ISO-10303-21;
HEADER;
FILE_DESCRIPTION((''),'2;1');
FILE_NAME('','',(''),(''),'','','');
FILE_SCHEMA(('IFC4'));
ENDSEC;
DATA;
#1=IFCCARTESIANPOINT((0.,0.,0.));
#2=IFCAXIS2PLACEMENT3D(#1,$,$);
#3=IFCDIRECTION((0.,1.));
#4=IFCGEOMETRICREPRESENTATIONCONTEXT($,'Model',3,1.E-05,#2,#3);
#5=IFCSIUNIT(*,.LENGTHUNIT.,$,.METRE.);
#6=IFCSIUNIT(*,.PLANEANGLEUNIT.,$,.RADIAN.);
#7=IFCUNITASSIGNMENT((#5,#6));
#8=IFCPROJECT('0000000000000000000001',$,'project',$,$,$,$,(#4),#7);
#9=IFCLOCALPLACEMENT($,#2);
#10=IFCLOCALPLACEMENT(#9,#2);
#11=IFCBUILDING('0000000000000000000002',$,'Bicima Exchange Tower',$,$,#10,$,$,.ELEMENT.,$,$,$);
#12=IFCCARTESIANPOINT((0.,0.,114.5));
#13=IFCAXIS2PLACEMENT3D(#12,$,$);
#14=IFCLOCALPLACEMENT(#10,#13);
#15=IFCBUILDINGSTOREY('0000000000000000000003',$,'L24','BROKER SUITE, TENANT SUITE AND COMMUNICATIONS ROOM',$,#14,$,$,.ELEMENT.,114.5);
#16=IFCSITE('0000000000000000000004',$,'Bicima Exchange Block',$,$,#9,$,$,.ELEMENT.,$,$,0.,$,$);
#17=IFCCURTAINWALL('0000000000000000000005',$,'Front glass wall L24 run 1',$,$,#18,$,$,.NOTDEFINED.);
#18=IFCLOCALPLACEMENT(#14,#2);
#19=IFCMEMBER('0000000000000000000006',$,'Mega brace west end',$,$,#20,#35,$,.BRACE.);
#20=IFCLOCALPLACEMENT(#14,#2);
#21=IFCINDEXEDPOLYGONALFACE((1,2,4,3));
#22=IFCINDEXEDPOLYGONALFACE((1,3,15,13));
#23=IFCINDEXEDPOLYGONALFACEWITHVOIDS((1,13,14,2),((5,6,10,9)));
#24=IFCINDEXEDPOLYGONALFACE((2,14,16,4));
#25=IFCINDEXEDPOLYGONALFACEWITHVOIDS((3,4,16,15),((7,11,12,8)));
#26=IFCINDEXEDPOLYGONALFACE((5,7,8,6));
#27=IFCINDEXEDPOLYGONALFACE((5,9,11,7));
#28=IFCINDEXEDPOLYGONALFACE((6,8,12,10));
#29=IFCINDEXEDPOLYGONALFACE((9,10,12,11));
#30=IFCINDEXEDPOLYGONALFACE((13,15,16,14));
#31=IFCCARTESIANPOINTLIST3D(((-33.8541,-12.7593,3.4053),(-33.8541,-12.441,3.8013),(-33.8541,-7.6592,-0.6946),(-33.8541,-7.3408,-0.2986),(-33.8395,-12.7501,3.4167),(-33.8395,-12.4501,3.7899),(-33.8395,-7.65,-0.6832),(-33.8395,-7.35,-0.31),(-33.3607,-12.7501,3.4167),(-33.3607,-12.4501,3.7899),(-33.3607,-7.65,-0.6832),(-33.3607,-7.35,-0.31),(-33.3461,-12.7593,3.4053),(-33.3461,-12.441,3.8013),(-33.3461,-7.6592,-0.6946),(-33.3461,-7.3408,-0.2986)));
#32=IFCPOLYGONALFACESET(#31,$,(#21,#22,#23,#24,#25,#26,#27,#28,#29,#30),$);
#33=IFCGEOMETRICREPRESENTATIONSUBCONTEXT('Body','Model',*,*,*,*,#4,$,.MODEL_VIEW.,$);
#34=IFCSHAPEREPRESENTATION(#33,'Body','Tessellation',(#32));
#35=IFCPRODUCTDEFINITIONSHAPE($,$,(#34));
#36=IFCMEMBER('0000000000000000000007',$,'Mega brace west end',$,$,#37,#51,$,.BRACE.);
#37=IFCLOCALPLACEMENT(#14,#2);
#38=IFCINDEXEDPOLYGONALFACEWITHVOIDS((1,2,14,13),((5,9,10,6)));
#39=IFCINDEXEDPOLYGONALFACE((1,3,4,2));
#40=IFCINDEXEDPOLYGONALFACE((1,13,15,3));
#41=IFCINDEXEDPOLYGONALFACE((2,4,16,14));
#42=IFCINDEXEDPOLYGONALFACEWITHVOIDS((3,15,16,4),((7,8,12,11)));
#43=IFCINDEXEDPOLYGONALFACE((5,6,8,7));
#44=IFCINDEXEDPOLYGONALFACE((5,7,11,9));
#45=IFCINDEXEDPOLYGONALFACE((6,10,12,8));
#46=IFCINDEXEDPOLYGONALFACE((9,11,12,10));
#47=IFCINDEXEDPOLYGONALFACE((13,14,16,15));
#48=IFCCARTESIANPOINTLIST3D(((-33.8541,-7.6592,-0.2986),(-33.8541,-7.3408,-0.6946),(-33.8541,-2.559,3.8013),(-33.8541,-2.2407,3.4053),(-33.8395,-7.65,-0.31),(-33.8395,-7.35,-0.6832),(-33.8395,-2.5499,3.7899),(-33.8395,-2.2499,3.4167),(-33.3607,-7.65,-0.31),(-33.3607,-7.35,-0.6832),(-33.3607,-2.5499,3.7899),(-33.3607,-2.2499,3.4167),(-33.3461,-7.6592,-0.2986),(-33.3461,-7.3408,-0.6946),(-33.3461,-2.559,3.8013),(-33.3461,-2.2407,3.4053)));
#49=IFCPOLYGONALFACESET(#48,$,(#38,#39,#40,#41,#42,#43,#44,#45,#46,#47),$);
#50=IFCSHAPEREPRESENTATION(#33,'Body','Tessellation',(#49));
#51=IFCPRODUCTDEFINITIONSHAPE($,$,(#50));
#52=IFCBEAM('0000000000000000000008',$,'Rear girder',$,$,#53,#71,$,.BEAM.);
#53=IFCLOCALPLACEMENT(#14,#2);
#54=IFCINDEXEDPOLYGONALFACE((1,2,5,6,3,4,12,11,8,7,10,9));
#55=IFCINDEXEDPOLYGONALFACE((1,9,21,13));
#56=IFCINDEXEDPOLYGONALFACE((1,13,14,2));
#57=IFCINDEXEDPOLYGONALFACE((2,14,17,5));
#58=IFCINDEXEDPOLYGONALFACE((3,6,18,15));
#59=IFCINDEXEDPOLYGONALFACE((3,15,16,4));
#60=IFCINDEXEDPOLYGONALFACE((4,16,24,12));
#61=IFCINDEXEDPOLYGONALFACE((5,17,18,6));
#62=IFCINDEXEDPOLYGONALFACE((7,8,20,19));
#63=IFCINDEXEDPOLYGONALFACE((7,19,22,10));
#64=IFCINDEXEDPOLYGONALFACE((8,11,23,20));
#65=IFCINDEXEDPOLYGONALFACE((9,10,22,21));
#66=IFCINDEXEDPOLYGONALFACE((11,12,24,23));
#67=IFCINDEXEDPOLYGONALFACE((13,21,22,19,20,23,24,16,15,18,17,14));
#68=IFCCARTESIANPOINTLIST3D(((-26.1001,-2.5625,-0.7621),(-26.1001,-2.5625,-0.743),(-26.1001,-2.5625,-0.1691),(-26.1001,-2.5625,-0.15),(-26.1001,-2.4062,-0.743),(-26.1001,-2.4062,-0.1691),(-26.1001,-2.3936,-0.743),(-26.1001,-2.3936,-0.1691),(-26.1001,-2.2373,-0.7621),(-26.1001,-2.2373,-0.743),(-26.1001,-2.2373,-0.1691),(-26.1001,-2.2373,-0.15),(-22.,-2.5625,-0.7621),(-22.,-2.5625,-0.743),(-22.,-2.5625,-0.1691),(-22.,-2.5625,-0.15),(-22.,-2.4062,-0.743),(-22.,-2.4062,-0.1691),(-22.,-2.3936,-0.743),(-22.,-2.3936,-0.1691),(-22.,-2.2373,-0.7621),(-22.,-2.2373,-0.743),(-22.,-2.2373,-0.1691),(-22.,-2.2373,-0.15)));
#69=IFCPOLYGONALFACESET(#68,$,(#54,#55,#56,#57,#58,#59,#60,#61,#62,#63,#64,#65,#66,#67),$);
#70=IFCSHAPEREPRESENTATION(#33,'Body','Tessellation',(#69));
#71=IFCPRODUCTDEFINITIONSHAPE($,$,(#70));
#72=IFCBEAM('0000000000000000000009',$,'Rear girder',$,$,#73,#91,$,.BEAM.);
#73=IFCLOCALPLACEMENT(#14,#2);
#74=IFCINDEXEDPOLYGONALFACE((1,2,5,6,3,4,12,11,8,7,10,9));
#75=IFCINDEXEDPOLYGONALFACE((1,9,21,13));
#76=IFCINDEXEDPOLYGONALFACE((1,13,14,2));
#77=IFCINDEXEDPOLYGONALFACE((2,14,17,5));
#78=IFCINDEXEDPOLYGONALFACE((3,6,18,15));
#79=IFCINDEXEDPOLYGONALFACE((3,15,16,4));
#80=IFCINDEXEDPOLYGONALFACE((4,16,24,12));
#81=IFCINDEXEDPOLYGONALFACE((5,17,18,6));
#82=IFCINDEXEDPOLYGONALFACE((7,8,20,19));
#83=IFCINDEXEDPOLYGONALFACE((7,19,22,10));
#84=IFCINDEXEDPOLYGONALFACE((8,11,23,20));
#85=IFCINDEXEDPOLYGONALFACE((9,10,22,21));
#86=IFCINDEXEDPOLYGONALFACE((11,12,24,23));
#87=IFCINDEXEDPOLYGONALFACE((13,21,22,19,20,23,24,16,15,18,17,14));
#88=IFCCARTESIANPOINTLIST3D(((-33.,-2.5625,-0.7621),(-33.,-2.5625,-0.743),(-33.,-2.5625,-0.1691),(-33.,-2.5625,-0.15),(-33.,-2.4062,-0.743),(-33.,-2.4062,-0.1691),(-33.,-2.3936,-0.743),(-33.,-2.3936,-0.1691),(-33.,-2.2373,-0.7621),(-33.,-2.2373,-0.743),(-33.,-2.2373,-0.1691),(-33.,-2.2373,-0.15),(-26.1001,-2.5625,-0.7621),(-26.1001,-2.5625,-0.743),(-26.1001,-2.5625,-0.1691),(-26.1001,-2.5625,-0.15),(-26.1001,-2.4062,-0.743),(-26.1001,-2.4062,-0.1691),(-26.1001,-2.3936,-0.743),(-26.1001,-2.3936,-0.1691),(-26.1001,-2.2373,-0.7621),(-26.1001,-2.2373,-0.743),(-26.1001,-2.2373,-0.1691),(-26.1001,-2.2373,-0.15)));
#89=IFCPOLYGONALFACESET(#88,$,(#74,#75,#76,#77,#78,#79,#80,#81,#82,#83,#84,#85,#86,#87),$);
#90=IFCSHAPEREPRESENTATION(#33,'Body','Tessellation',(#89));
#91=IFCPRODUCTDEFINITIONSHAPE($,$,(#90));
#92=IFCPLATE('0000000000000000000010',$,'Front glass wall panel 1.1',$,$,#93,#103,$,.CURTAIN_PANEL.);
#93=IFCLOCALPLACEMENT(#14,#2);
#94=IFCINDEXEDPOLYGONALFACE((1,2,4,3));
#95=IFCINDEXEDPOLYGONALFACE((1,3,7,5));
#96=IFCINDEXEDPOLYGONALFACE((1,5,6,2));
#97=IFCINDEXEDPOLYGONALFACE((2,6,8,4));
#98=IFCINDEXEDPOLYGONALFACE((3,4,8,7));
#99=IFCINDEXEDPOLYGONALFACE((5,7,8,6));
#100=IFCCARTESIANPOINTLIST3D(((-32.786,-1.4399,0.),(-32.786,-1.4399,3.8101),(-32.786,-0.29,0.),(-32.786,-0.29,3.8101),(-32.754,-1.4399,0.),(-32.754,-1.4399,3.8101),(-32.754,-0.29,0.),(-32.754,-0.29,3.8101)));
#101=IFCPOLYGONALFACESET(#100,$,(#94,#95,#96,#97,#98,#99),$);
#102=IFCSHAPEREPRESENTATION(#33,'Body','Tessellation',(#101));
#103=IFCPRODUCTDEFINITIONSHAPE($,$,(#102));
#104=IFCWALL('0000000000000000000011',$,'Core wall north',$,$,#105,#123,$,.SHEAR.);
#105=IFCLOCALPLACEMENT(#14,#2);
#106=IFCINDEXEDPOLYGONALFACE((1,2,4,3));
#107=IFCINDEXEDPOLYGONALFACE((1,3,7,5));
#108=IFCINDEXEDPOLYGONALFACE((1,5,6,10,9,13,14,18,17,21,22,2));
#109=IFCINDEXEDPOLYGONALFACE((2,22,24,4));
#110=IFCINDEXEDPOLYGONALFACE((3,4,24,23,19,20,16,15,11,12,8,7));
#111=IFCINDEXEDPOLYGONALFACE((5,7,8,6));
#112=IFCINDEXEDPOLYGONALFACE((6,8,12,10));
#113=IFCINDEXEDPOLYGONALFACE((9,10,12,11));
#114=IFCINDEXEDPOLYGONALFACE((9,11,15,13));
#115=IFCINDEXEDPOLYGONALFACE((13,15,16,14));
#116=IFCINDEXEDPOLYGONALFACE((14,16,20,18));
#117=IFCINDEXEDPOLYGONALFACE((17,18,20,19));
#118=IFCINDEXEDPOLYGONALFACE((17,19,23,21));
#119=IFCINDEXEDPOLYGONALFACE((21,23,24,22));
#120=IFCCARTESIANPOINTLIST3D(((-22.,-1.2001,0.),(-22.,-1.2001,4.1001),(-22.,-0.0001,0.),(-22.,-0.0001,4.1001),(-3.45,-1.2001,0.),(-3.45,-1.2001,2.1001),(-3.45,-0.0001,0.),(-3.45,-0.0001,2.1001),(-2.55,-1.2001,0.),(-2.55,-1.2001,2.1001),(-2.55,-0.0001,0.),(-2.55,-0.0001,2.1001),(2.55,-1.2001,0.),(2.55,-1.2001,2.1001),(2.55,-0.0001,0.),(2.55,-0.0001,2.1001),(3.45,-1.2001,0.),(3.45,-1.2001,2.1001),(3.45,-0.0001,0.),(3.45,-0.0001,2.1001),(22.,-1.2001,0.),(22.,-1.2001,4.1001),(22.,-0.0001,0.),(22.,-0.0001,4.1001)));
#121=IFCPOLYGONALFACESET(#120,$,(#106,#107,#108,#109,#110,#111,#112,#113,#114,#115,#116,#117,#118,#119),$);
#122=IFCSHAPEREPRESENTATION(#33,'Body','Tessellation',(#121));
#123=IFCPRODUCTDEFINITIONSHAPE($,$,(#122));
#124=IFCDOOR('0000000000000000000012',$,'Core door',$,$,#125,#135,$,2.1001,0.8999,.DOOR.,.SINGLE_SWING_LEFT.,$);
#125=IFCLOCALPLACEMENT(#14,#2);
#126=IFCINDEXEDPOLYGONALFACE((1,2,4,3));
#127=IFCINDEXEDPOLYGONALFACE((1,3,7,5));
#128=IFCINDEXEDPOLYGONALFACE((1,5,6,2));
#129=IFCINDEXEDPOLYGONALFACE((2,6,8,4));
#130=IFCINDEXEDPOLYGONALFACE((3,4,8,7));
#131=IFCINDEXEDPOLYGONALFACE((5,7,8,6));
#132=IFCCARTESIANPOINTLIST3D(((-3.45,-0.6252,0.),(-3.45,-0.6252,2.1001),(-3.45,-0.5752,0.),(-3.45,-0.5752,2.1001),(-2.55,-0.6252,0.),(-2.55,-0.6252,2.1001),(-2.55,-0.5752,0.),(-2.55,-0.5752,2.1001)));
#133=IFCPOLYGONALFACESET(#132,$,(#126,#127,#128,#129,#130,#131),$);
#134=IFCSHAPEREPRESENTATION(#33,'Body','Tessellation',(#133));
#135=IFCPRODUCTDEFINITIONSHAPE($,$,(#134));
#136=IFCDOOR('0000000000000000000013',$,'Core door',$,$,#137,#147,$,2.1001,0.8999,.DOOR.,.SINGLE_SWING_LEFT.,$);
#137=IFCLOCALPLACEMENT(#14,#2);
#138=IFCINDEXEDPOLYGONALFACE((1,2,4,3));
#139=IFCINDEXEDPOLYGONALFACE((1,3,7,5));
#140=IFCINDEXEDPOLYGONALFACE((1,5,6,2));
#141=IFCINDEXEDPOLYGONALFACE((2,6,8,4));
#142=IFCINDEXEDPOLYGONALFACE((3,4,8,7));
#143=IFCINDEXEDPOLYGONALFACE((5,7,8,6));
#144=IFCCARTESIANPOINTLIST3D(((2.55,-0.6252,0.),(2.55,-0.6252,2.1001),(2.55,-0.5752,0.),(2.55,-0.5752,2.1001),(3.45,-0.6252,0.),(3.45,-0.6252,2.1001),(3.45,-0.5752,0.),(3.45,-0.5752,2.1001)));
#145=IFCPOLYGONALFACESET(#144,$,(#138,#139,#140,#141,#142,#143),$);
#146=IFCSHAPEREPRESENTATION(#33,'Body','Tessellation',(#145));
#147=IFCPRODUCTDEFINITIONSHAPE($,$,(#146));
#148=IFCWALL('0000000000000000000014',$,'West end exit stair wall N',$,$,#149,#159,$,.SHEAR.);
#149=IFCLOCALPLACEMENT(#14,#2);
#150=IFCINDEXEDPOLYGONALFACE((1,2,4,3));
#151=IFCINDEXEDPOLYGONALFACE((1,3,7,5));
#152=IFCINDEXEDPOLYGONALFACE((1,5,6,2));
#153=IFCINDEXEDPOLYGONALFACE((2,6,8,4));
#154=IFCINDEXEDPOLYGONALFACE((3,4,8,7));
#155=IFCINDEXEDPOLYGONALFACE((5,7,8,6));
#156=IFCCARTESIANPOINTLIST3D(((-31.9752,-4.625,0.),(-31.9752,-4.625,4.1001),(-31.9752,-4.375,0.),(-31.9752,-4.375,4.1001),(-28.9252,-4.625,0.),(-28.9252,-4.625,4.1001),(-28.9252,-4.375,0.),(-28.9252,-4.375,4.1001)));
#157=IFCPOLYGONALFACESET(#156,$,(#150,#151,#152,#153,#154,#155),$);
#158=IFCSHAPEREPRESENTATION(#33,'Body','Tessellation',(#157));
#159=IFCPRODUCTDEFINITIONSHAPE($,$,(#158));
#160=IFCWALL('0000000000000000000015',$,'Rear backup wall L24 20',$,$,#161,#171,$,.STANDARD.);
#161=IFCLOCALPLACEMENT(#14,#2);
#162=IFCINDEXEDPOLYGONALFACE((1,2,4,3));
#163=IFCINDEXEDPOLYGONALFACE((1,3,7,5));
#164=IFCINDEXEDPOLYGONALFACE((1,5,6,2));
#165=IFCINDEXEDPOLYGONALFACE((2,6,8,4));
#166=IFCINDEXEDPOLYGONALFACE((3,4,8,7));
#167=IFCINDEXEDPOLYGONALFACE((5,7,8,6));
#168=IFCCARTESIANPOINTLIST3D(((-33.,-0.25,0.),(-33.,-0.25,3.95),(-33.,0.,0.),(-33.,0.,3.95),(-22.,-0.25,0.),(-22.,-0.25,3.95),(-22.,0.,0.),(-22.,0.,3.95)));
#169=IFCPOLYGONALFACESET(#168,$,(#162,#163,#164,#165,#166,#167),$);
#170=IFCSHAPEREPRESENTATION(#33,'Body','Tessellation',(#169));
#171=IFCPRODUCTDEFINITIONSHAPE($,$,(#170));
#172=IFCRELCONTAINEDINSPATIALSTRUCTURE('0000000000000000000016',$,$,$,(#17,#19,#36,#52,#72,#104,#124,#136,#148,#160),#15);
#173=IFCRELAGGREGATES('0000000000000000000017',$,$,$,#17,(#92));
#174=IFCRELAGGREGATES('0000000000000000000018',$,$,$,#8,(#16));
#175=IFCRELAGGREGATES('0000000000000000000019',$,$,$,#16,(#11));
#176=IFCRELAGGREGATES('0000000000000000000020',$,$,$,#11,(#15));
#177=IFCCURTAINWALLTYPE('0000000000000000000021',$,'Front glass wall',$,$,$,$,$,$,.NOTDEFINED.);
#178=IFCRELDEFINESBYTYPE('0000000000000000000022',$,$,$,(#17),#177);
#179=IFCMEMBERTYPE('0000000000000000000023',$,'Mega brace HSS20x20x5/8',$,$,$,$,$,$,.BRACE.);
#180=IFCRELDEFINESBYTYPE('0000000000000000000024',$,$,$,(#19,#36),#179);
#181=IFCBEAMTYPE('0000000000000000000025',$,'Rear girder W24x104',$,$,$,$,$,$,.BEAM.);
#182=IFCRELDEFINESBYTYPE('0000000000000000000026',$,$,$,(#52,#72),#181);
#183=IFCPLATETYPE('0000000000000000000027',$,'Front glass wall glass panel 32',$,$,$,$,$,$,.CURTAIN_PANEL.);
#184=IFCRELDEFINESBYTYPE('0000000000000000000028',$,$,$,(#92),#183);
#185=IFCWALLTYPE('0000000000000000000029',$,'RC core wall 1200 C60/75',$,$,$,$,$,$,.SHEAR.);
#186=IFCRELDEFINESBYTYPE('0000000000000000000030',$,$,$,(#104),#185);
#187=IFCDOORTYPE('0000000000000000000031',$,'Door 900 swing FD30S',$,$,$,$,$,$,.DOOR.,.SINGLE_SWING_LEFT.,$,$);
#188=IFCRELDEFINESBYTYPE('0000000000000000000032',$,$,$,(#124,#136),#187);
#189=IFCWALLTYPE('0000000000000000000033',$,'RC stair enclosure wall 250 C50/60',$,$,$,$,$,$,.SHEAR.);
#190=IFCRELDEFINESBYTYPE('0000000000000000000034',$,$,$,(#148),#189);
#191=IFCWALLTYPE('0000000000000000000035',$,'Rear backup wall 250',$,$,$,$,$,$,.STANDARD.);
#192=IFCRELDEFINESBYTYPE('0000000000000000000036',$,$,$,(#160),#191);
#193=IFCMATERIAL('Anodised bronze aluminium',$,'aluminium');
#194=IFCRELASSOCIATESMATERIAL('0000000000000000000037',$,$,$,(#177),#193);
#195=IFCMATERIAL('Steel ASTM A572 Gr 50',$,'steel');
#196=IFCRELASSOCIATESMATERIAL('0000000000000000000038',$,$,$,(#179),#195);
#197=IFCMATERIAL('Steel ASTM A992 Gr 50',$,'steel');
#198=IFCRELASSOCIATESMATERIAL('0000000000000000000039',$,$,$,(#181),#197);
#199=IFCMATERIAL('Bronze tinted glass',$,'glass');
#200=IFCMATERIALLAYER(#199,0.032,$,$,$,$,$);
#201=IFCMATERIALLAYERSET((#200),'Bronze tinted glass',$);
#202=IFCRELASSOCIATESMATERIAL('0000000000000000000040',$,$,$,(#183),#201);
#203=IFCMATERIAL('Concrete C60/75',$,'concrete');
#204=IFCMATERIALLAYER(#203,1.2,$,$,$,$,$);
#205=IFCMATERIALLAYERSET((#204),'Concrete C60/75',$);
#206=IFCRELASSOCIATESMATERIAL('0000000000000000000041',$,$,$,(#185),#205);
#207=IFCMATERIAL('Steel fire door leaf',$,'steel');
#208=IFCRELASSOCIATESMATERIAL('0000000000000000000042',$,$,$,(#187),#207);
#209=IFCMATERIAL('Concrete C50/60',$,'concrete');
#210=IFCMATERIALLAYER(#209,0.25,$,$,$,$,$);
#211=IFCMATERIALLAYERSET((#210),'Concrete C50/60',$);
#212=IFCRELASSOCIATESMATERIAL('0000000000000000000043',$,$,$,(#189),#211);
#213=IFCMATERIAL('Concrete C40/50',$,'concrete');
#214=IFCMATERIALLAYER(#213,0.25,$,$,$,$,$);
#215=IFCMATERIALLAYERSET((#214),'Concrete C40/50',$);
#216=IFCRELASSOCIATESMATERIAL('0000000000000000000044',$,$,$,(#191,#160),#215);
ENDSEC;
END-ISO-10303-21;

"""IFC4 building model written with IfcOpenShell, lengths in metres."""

from ifc_helpers import new_model, si_unit, direction, frame, frame_2d, origin, origin_2d, place, context, subcontext, project, spatial, rectangle, hollow_rectangle, i_section, extrude, material, layer, layer_set, layer_usage, material_profile, profile_set, type_object, element, fill, aggregate, save


model = new_model("IFC4")

# Units and contexts
model_context = context("Model", 3, precision=1e-05, world=origin(), true_north=direction((0.0, 1.0)))
body_context = subcontext(model_context, "Body", "Model", "MODEL_VIEW")
ifc_project = project(units=[si_unit("LENGTHUNIT", "METRE"), si_unit("PLANEANGLEUNIT", "RADIAN")], contexts=[model_context])

# Site, building, storey
site_placement = place(None, origin())
site = spatial("IfcSite", under=ifc_project, at=site_placement, Name="Bicima Exchange Block", CompositionType="ELEMENT", RefElevation=0.0)
building_placement = place(site_placement, origin())
building = spatial("IfcBuilding", under=site, at=building_placement, Name="Bicima Exchange Tower", CompositionType="ELEMENT")
storey_placement = place(building_placement, frame((0.0, 0.0, 114.5)))
storey = spatial("IfcBuildingStorey", under=building, at=storey_placement, Name="L24", Description="BROKER SUITE, TENANT SUITE AND COMMUNICATIONS ROOM", CompositionType="ELEMENT", Elevation=114.5)

# Shared definitions
ifc_material_1 = material(Name="Steel ASTM A572 Gr 50", Category="steel")
ifc_material_2 = material(Name="Steel ASTM A992 Gr 50", Category="steel")

# Curtain wall
ifc_material_3 = material(Name="Anodised bronze aluminium", Category="aluminium")
curtain_wall_type = type_object("IfcCurtainWallType", Name="Front glass wall", PredefinedType="NOTDEFINED", material=ifc_material_3)
curtain_wall_placement = place(storey_placement, origin())
curtain_wall = element("IfcCurtainWall", 1, at=curtain_wall_placement, inside=storey, type_object=curtain_wall_type, Name="Front glass wall L24 run 1", PredefinedType="NOTDEFINED")

# Members
ifc_material_profile_1 = material_profile(ifc_material_1, hollow_rectangle(XDim=0.5081, YDim=0.5081, WallThickness=0.0146, at=origin_2d()))
ifc_profile_set_1 = profile_set([ifc_material_profile_1], Name="Steel ASTM A572 Gr 50")
member_type_1 = type_object("IfcMemberType", Name="Mega brace HSS20x20x5/8", PredefinedType="BRACE", material=ifc_profile_set_1)
for number, where, z_axis, x_axis, name in (
    (2, (-33.6001, -7.5, -0.4966), (0.0, -0.779392, 0.626536), (1.0, 0.0, 0.0), "Mega brace west end"),
    (3, (-33.6001, -7.5, -0.4966), (0.0, 0.779392, 0.626536), (-1.0, 0.0, 0.0), "Mega brace west end"),
):
    element("IfcMember", number, at=place(storey_placement, frame(where, z_axis=z_axis, x_axis=x_axis)), inside=storey, type_object=member_type_1, Name=name, PredefinedType="BRACE", context=body_context, shape_type="SweptSolid", body=[
        extrude(hollow_rectangle(XDim=0.5081, YDim=0.5081, WallThickness=0.0146, at=origin_2d()), origin(), (0.0, 0.0, 1.0), 6.5437),
    ])

# Beams
ifc_material_profile_2 = material_profile(ifc_material_2, i_section(OverallWidth=0.3252, OverallDepth=0.6121, WebThickness=0.0127, FlangeThickness=0.019, at=origin_2d()))
ifc_profile_set_2 = profile_set([ifc_material_profile_2], Name="Steel ASTM A992 Gr 50")
beam_type_1 = type_object("IfcBeamType", Name="Rear girder W24x104", PredefinedType="BEAM", material=ifc_profile_set_2)
beam_1_placement = place(storey_placement, frame((-22.0, -2.3999, -0.4561), z_axis=(-1.0, 0.0, 0.0), x_axis=(0.0, -1.0, 0.0)))
element("IfcBeam", 4, at=beam_1_placement, inside=storey, type_object=beam_type_1, Name="Rear girder", PredefinedType="BEAM", context=body_context, shape_type="SweptSolid", body=[
    extrude(i_section(OverallWidth=0.3252, OverallDepth=0.6121, WebThickness=0.0127, FlangeThickness=0.019, at=origin_2d()), origin(), (0.0, 0.0, 1.0), 4.1001),
])
beam_2_placement = place(storey_placement, frame((-26.1001, -2.3999, -0.4561), z_axis=(-1.0, 0.0, 0.0), x_axis=(0.0, -1.0, 0.0)))
element("IfcBeam", 5, at=beam_2_placement, inside=storey, type_object=beam_type_1, Name="Rear girder", PredefinedType="BEAM", context=body_context, shape_type="SweptSolid", body=[
    extrude(i_section(OverallWidth=0.3252, OverallDepth=0.6121, WebThickness=0.0127, FlangeThickness=0.019, at=origin_2d()), origin(), (0.0, 0.0, 1.0), 6.8999),
])

# Plate
ifc_material_4 = material(Name="Bronze tinted glass", Category="glass")
ifc_layer_1 = layer(ifc_material_4, 0.032)
ifc_layer_set_1 = layer_set([ifc_layer_1], Name="Bronze tinted glass")
plate_type = type_object("IfcPlateType", Name="Front glass wall glass panel 32", PredefinedType="CURTAIN_PANEL", material=ifc_layer_set_1)
plate_placement = place(storey_placement, frame((-32.77, -0.865, 0.0), z_axis=(0.0, 0.0, 1.0), x_axis=(0.0, -1.0, 0.0)))
plate = element("IfcPlate", 6, at=plate_placement, type_object=plate_type, Name="Front glass wall panel 1.1", PredefinedType="CURTAIN_PANEL", context=body_context, shape_type="SweptSolid", body=[
    extrude(rectangle(XDim=1.1499, YDim=0.032, at=origin_2d()), origin(), (0.0, 0.0, 1.0), 3.8101),
])
aggregate(curtain_wall, [plate])

# Wall, openings, doors
ifc_material_5 = material(Name="Concrete C60/75", Category="concrete")
ifc_layer_2 = layer(ifc_material_5, 1.2)
ifc_layer_set_2 = layer_set([ifc_layer_2], Name="Concrete C60/75")
wall_type_1 = type_object("IfcWallType", Name="RC core wall 1200 C60/75", PredefinedType="SHEAR", material=ifc_layer_set_2)
wall_1_placement = place(storey_placement, frame((-22.0, -0.6001, 0.0), z_axis=(0.0, 0.0, 1.0), x_axis=(1.0, 0.0, 0.0)))
wall_1 = element("IfcWall", 7, at=wall_1_placement, inside=storey, type_object=wall_type_1, Name="Core wall north", PredefinedType="SHEAR", context=body_context, shape_type="SweptSolid", body=[
    extrude(rectangle(XDim=44.0, YDim=1.2, at=frame_2d((22.0, 0.0))), origin(), (0.0, 0.0, 1.0), 4.1001),
])
opening_1_placement = place(wall_1_placement, frame((18.55, 0.0, 0.0)))
opening_1 = element("IfcOpeningElement", 8, at=opening_1_placement, cuts=wall_1, PredefinedType="OPENING", context=body_context, shape_type="SweptSolid", body=[
    extrude(rectangle(XDim=0.8999, YDim=2.1001, at=frame_2d((0.45, 1.05))), frame((0.0, 0.6118, 0.0), z_axis=(0.0, -1.0, 0.0), x_axis=(1.0, 0.0, 0.0)), (0.0, 0.0, 1.0), 1.2239),
])
opening_2_placement = place(wall_1_placement, frame((24.55, 0.0, 0.0)))
opening_2 = element("IfcOpeningElement", 9, at=opening_2_placement, cuts=wall_1, PredefinedType="OPENING", context=body_context, shape_type="SweptSolid", body=[
    extrude(rectangle(XDim=0.8999, YDim=2.1001, at=frame_2d((0.45, 1.05))), frame((0.0, 0.6118, 0.0), z_axis=(0.0, -1.0, 0.0), x_axis=(1.0, 0.0, 0.0)), (0.0, 0.0, 1.0), 1.2239),
])
ifc_material_6 = material(Name="Steel fire door leaf", Category="steel")
door_type = type_object("IfcDoorType", Name="Door 900 swing FD30S", OperationType="SINGLE_SWING_LEFT", PredefinedType="DOOR", material=ifc_material_6)
door_1_placement = place(opening_1_placement, origin())
door_1 = element("IfcDoor", 10, at=door_1_placement, inside=storey, type_object=door_type, Name="Core door", OperationType="SINGLE_SWING_LEFT", OverallHeight=2.1001, OverallWidth=0.8999, PredefinedType="DOOR", context=body_context, shape_type="SweptSolid", body=[
    extrude(rectangle(XDim=0.8999, YDim=2.1001, at=frame_2d((0.45, 1.05))), frame((0.0, 0.0249, 0.0), z_axis=(0.0, -1.0, 0.0), x_axis=(1.0, 0.0, 0.0)), (0.0, 0.0, 1.0), 0.05),
])
fill(opening_1, door_1)
door_2_placement = place(opening_2_placement, origin())
door_2 = element("IfcDoor", 11, at=door_2_placement, inside=storey, type_object=door_type, Name="Core door", OperationType="SINGLE_SWING_LEFT", OverallHeight=2.1001, OverallWidth=0.8999, PredefinedType="DOOR", context=body_context, shape_type="SweptSolid", body=[
    extrude(rectangle(XDim=0.8999, YDim=2.1001, at=frame_2d((0.45, 1.05))), frame((0.0, 0.0249, 0.0), z_axis=(0.0, -1.0, 0.0), x_axis=(1.0, 0.0, 0.0)), (0.0, 0.0, 1.0), 0.05),
])
fill(opening_2, door_2)

# Walls
ifc_material_7 = material(Name="Concrete C50/60", Category="concrete")
ifc_layer_3 = layer(ifc_material_7, 0.25)
ifc_layer_set_3 = layer_set([ifc_layer_3], Name="Concrete C50/60")
wall_type_2 = type_object("IfcWallType", Name="RC stair enclosure wall 250 C50/60", PredefinedType="SHEAR", material=ifc_layer_set_3)
wall_2_placement = place(storey_placement, frame((-31.9751, -4.5, 0.0), z_axis=(0.0, 0.0, 1.0), x_axis=(1.0, 0.0, 0.0)))
element("IfcWall", 12, at=wall_2_placement, inside=storey, type_object=wall_type_2, Name="West end exit stair wall N", PredefinedType="SHEAR", context=body_context, shape_type="SweptSolid", body=[
    extrude(rectangle(XDim=3.05, YDim=0.25, at=frame_2d((1.5249, 0.0))), origin(), (0.0, 0.0, 1.0), 4.1001),
])
ifc_material_8 = material(Name="Concrete C40/50", Category="concrete")
ifc_layer_4 = layer(ifc_material_8, 0.25)
ifc_layer_set_4 = layer_set([ifc_layer_4], Name="Concrete C40/50")
ifc_layer_usage = layer_usage(ifc_layer_set_4, "AXIS2", "POSITIVE", -0.125)
wall_type_3 = type_object("IfcWallType", Name="Rear backup wall 250", PredefinedType="STANDARD", material=ifc_layer_set_4)
wall_3_placement = place(storey_placement, frame((-22.0, -0.125, 0.0), z_axis=(0.0, 0.0, 1.0), x_axis=(-1.0, 0.0, 0.0)))
element("IfcWall", 13, at=wall_3_placement, inside=storey, type_object=wall_type_3, material=ifc_layer_usage, Name="Rear backup wall L24 20", PredefinedType="STANDARD", context=body_context, shape_type="SweptSolid", body=[
    extrude(rectangle(XDim=11.0, YDim=0.25, at=frame_2d((5.5, 0.0))), origin(), (0.0, 0.0, 1.0), 3.95),
])

save(model, "model.ifc")
